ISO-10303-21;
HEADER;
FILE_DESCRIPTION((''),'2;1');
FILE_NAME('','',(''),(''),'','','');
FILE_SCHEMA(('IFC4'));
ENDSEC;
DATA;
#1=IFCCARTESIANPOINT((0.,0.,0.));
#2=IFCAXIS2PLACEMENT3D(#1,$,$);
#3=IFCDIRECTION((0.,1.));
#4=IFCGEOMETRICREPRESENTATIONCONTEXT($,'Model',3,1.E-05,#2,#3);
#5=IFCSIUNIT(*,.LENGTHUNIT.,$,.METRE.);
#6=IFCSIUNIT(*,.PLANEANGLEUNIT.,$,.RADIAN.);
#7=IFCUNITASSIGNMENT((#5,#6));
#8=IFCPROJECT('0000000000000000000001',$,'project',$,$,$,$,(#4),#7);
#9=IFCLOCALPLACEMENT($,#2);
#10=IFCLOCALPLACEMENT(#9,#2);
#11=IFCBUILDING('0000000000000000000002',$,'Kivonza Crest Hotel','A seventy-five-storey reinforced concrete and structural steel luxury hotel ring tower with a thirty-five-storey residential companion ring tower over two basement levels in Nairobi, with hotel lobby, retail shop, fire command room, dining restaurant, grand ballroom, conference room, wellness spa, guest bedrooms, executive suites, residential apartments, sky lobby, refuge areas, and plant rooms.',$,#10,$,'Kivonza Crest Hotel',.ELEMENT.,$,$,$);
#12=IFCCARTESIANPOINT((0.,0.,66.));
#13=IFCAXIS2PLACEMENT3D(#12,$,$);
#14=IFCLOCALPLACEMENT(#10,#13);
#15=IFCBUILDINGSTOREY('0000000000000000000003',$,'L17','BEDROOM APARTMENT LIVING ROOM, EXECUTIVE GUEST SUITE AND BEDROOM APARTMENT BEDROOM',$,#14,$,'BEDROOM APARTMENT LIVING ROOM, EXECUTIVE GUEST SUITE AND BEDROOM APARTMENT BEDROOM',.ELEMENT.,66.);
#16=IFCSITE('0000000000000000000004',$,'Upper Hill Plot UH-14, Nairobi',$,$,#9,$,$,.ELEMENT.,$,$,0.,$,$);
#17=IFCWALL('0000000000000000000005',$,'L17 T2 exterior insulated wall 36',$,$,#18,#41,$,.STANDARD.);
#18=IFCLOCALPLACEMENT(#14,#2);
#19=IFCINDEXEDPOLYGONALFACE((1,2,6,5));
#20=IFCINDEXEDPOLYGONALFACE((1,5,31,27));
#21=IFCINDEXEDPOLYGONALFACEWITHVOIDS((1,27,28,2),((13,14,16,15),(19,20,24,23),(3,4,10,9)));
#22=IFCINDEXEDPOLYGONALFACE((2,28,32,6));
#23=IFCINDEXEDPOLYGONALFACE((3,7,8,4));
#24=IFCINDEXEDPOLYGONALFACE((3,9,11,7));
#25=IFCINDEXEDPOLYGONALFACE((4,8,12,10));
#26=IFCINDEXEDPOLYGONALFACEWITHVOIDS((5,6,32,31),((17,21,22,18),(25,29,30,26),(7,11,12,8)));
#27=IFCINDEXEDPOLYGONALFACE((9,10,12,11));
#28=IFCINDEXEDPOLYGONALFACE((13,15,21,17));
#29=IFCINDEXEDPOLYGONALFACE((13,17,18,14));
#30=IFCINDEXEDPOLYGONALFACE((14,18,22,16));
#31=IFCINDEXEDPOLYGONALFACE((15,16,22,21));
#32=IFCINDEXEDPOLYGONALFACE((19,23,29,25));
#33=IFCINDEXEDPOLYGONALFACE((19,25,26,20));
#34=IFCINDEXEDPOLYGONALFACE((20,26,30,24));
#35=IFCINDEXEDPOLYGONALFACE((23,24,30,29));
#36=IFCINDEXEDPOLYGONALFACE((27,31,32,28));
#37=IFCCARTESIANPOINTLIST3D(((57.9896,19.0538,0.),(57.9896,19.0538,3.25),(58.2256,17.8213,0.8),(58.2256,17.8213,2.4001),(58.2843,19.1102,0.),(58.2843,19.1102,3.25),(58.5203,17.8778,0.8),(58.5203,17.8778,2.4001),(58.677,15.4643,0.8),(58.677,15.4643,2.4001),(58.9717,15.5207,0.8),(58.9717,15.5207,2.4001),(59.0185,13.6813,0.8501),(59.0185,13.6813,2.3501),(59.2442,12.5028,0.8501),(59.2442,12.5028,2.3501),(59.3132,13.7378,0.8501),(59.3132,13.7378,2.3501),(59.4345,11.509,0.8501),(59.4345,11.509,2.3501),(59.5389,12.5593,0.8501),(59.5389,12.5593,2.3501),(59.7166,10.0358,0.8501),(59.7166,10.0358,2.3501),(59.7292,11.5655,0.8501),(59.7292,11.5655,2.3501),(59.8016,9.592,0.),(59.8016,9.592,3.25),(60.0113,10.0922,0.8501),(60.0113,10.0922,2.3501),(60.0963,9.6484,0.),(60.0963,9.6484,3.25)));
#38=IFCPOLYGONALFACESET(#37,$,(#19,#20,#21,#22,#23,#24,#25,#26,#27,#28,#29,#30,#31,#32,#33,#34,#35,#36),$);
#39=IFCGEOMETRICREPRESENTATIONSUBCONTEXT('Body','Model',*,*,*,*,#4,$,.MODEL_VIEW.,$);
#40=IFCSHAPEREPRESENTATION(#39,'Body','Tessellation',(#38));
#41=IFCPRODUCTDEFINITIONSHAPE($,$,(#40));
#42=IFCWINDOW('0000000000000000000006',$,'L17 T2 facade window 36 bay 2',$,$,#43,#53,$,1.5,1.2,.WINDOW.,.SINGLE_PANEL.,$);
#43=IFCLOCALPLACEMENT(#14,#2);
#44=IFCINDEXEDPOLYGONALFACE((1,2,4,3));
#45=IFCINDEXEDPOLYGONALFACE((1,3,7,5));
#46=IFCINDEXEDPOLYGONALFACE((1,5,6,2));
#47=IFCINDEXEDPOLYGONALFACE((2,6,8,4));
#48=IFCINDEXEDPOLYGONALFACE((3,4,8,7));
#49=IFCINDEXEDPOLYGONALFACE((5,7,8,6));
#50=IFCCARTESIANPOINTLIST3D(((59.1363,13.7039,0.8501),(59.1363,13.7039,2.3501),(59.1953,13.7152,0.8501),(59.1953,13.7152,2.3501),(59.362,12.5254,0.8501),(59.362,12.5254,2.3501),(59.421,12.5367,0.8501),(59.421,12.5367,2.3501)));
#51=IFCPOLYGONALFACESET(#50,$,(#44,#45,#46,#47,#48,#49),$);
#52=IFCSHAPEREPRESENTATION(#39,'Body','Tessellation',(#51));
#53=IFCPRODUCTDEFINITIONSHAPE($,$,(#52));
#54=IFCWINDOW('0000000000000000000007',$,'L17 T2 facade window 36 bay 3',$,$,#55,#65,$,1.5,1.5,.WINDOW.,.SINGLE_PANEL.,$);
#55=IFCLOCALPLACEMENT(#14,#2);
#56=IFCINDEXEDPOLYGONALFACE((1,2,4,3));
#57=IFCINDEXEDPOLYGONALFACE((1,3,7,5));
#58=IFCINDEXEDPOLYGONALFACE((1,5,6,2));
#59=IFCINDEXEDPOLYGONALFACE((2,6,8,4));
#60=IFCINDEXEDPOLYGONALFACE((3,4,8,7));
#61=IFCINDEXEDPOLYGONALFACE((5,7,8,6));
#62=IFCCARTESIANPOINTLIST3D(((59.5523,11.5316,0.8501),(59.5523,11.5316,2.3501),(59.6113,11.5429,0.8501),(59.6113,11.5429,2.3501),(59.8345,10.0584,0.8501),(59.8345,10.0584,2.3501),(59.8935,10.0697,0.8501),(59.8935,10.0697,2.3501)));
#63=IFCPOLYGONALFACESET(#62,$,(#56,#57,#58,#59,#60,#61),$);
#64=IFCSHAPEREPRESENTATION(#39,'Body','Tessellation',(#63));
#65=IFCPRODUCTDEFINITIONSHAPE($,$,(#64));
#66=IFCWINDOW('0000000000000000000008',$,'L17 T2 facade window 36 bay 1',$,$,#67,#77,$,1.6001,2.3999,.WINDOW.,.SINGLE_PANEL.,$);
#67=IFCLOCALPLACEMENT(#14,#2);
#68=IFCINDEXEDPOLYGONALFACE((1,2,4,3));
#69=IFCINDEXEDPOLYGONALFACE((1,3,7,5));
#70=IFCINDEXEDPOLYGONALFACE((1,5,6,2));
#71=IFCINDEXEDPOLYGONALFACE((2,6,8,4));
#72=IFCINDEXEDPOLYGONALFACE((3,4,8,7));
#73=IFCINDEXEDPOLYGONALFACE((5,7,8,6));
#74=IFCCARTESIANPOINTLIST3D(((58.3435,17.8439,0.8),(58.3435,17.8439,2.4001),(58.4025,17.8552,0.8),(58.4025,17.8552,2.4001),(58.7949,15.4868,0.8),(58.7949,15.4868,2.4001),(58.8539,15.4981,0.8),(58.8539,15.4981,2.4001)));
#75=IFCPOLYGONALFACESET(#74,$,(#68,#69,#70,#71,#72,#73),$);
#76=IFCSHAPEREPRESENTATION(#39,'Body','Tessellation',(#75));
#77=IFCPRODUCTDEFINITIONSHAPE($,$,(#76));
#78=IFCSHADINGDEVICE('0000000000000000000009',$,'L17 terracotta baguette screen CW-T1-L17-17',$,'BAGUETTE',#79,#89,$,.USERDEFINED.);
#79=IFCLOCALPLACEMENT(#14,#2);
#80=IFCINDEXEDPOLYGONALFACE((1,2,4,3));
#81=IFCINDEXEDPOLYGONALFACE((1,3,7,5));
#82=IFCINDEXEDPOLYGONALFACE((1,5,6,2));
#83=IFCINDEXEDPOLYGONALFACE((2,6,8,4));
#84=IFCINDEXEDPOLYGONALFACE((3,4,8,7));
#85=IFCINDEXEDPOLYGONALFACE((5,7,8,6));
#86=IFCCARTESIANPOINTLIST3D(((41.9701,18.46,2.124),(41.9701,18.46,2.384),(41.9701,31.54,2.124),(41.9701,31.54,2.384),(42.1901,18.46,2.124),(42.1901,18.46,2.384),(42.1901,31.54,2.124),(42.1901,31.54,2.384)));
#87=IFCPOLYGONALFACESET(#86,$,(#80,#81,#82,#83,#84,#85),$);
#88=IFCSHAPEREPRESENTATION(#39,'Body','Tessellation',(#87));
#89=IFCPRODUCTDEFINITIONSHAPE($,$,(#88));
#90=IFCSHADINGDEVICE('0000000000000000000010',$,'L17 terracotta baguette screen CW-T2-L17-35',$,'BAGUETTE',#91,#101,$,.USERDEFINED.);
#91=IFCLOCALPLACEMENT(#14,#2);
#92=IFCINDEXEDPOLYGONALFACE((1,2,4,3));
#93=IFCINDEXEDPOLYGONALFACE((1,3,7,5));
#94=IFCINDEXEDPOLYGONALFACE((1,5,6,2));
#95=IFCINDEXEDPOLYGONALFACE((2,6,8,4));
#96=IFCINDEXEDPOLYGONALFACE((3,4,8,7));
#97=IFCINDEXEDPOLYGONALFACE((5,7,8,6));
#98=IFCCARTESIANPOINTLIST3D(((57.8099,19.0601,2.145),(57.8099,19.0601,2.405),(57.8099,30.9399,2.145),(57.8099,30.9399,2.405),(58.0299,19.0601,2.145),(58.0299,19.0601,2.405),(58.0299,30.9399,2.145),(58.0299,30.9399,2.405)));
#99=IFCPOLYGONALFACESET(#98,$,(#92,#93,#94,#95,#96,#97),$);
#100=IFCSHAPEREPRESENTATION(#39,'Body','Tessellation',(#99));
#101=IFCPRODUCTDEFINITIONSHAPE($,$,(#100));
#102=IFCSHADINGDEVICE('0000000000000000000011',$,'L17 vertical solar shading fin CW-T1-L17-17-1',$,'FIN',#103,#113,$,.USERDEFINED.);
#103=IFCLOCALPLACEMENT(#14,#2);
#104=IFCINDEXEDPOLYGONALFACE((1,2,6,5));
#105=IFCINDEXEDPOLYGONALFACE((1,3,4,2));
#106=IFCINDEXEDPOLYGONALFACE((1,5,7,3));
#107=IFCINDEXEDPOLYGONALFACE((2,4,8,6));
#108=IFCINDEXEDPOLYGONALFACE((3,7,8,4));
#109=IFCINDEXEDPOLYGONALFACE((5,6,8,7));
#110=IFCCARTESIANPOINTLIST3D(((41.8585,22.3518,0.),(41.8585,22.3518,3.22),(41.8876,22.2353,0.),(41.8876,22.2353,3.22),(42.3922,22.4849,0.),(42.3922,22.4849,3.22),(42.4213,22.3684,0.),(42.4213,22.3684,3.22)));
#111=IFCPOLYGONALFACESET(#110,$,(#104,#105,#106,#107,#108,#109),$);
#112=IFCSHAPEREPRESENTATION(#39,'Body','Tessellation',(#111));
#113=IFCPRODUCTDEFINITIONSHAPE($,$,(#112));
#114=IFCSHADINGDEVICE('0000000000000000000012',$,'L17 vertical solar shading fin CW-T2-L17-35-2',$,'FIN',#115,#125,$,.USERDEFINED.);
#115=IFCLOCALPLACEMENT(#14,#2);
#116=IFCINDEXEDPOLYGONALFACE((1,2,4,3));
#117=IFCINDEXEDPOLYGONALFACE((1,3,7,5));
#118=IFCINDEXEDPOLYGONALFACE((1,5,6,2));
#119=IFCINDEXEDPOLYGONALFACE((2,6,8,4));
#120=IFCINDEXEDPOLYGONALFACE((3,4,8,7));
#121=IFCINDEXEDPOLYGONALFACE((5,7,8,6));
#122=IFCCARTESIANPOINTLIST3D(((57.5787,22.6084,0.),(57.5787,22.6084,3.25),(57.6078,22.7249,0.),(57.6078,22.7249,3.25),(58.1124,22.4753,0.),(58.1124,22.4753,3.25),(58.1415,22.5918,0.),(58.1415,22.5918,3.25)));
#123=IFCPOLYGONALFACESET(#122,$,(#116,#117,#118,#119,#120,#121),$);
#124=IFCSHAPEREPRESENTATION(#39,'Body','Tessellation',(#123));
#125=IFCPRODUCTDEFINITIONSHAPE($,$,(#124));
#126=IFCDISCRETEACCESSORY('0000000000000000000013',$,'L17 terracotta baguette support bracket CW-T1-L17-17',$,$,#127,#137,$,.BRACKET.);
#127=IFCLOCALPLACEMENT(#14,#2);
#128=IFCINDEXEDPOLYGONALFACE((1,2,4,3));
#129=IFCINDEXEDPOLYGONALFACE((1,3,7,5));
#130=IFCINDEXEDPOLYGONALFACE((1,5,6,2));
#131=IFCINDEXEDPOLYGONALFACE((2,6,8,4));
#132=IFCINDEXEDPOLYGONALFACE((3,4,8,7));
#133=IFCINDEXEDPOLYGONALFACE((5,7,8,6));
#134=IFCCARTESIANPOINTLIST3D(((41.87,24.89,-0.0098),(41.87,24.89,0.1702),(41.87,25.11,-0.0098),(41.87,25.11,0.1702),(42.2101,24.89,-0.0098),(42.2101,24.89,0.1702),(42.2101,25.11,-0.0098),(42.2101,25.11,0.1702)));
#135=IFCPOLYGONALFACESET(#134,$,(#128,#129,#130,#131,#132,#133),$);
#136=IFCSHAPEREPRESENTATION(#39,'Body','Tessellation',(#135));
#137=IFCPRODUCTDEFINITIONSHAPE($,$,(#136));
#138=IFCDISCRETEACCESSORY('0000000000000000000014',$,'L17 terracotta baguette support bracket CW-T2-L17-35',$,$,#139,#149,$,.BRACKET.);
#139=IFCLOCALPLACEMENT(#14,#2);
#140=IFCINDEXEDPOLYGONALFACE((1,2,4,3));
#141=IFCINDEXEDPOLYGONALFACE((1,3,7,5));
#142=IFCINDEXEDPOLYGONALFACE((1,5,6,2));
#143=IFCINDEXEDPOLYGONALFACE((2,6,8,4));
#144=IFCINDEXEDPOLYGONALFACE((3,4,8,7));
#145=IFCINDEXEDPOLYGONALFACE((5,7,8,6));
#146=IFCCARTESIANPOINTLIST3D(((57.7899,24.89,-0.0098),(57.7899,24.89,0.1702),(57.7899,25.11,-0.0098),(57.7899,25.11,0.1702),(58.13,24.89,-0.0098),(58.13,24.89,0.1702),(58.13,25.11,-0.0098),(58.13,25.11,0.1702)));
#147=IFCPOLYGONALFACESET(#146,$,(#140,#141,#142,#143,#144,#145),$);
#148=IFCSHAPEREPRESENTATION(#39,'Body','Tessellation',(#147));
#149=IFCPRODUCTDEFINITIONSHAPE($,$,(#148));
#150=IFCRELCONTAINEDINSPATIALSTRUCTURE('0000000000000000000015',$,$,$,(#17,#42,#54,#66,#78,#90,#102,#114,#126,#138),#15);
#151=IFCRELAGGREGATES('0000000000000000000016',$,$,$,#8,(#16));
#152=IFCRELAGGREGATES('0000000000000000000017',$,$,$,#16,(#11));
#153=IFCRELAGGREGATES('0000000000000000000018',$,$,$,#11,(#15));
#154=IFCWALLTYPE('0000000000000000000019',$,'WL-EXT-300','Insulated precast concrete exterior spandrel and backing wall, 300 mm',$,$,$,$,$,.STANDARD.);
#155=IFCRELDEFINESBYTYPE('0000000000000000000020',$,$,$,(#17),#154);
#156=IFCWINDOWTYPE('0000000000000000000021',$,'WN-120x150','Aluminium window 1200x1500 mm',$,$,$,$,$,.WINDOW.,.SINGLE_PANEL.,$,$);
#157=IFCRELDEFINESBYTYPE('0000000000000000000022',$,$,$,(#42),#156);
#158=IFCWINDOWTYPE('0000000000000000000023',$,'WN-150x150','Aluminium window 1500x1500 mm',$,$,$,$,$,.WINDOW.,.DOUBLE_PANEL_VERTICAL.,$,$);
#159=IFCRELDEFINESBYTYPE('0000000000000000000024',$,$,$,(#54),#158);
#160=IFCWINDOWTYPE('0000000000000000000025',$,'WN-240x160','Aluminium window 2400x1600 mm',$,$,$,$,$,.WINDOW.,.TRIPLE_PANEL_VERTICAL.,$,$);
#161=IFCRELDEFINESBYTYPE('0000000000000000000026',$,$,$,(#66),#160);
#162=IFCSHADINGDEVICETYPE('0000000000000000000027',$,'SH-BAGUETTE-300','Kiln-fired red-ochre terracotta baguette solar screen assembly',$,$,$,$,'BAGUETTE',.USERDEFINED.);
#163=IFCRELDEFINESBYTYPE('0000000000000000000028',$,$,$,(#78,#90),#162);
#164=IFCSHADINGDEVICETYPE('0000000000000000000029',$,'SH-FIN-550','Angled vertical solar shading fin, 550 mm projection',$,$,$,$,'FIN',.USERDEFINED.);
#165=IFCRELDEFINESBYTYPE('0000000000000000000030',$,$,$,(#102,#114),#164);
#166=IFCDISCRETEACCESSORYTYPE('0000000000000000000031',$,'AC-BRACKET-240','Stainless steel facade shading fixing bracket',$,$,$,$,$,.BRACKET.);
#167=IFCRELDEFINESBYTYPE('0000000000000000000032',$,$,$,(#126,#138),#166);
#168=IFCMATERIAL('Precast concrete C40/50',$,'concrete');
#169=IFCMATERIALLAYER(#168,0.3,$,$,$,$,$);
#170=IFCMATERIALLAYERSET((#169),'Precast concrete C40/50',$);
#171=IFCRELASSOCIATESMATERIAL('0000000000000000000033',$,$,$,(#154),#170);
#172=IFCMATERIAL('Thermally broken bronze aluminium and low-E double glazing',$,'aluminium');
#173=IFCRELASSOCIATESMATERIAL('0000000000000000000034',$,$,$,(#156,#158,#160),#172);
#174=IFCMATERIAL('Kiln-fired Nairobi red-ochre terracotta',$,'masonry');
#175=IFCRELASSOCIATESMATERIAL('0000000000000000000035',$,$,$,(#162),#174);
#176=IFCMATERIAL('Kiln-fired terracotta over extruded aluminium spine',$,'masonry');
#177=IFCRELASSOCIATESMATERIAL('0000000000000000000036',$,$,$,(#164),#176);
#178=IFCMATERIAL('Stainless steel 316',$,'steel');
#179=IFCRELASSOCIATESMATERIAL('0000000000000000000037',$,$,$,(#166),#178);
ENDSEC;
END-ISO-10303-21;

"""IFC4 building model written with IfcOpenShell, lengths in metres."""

from ifc_helpers import new_model, si_unit, direction, frame, frame_2d, origin, origin_2d, place, context, subcontext, project, spatial, rectangle, extrude, material, layer, layer_set, type_object, element, fill, save


model = new_model("IFC4")

# Units and contexts
model_context = context("Model", 3, precision=1e-05, world=origin(), true_north=direction((0.0, 1.0)))
body_context = subcontext(model_context, "Body", "Model", "MODEL_VIEW")
ifc_project = project(units=[si_unit("LENGTHUNIT", "METRE"), si_unit("PLANEANGLEUNIT", "RADIAN")], contexts=[model_context])

# Site, building, storey
site_placement = place(None, origin())
site = spatial("IfcSite", under=ifc_project, at=site_placement, Name="Upper Hill Plot UH-14, Nairobi", CompositionType="ELEMENT", RefElevation=0.0)
building_placement = place(site_placement, origin())
building = spatial("IfcBuilding", under=site, at=building_placement, Name="Kivonza Crest Hotel", Description="A seventy-five-storey reinforced concrete and structural steel luxury hotel ring tower with a thirty-five-storey residential companion ring tower over two basement levels in Nairobi, with hotel lobby, retail shop, fire command room, dining restaurant, grand ballroom, conference room, wellness spa, guest bedrooms, executive suites, residential apartments, sky lobby, refuge areas, and plant rooms.", LongName="Kivonza Crest Hotel", CompositionType="ELEMENT")
storey_placement = place(building_placement, frame((0.0, 0.0, 66.0)))
storey = spatial("IfcBuildingStorey", under=building, at=storey_placement, Name="L17", Description="BEDROOM APARTMENT LIVING ROOM, EXECUTIVE GUEST SUITE AND BEDROOM APARTMENT BEDROOM", LongName="BEDROOM APARTMENT LIVING ROOM, EXECUTIVE GUEST SUITE AND BEDROOM APARTMENT BEDROOM", CompositionType="ELEMENT", Elevation=66.0)

# Wall, openings, windows
ifc_material_1 = material(Name="Precast concrete C40/50", Category="concrete")
ifc_layer_1 = layer(ifc_material_1, 0.3)
ifc_layer_set_1 = layer_set([ifc_layer_1], Name="Precast concrete C40/50")
wall_type_1 = type_object("IfcWallType", Name="WL-EXT-300", Description="Insulated precast concrete exterior spandrel and backing wall, 300 mm", PredefinedType="STANDARD", material=ifc_layer_set_1)
wall_1_placement = place(storey_placement, frame((58.137, 19.082, 0.0), z_axis=(0.0, 0.0, 1.0), x_axis=(0.188088, -0.982152, 0.0)))
wall_1 = element("IfcWall", 1, at=wall_1_placement, inside=storey, type_object=wall_type_1, Name="L17 T2 exterior insulated wall 36", PredefinedType="STANDARD", context=body_context, shape_type="SweptSolid", body=[
    extrude(rectangle(XDim=9.6338, YDim=0.3, at=frame_2d((4.8169, 0.0))), origin(), (0.0, 0.0, 1.0), 3.25),
])
opening_1_placement = place(wall_1_placement, frame((1.2549, 0.0, 0.8)))
opening_1 = element("IfcOpeningElement", 2, at=opening_1_placement, cuts=wall_1, PredefinedType="OPENING", context=body_context, shape_type="SweptSolid", body=[
    extrude(rectangle(XDim=2.3999, YDim=1.6001, at=frame_2d((1.2, 0.8))), frame((0.0, 0.1602, 0.0), z_axis=(0.0, -1.0, 0.0), x_axis=(1.0, 0.0, 0.0)), (0.0, 0.0, 1.0), 0.3201),
])
opening_2_placement = place(wall_1_placement, frame((5.47, 0.0, 0.8501)))
opening_2 = element("IfcOpeningElement", 3, at=opening_2_placement, cuts=wall_1, PredefinedType="OPENING", context=body_context, shape_type="SweptSolid", body=[
    extrude(rectangle(XDim=1.2, YDim=1.5, at=frame_2d((0.6001, 0.75))), frame((0.0, 0.1602, 0.0), z_axis=(0.0, -1.0, 0.0), x_axis=(1.0, 0.0, 0.0)), (0.0, 0.0, 1.0), 0.3201),
])
opening_3_placement = place(wall_1_placement, frame((7.6819, 0.0, 0.8501)))
opening_3 = element("IfcOpeningElement", 4, at=opening_3_placement, cuts=wall_1, PredefinedType="OPENING", context=body_context, shape_type="SweptSolid", body=[
    extrude(rectangle(XDim=1.5, YDim=1.5, at=frame_2d((0.75, 0.75))), frame((0.0, 0.1602, 0.0), z_axis=(0.0, -1.0, 0.0), x_axis=(1.0, 0.0, 0.0)), (0.0, 0.0, 1.0), 0.3201),
])
ifc_material_2 = material(Name="Thermally broken bronze aluminium and low-E double glazing", Category="aluminium")
window_type_1 = type_object("IfcWindowType", Name="WN-120x150", Description="Aluminium window 1200x1500 mm", PartitioningType="SINGLE_PANEL", PredefinedType="WINDOW", material=ifc_material_2)
window_1_placement = place(opening_2_placement, origin())
window_1 = element("IfcWindow", 5, at=window_1_placement, inside=storey, type_object=window_type_1, Name="L17 T2 facade window 36 bay 2", OverallHeight=1.5, OverallWidth=1.2, PartitioningType="SINGLE_PANEL", PredefinedType="WINDOW", context=body_context, shape_type="SweptSolid", body=[
    extrude(rectangle(XDim=1.2, YDim=1.5, at=frame_2d((0.6001, 0.75))), frame((0.0, 0.03, 0.0), z_axis=(0.0, -1.0, 0.0), x_axis=(1.0, 0.0, 0.0)), (0.0, 0.0, 1.0), 0.0601),
])
fill(opening_2, window_1)
window_type_2 = type_object("IfcWindowType", Name="WN-150x150", Description="Aluminium window 1500x1500 mm", PartitioningType="DOUBLE_PANEL_VERTICAL", PredefinedType="WINDOW", material=ifc_material_2)
window_2_placement = place(opening_3_placement, origin())
window_2 = element("IfcWindow", 6, at=window_2_placement, inside=storey, type_object=window_type_2, Name="L17 T2 facade window 36 bay 3", OverallHeight=1.5, OverallWidth=1.5, PartitioningType="SINGLE_PANEL", PredefinedType="WINDOW", context=body_context, shape_type="SweptSolid", body=[
    extrude(rectangle(XDim=1.5, YDim=1.5, at=frame_2d((0.75, 0.75))), frame((0.0, 0.03, 0.0), z_axis=(0.0, -1.0, 0.0), x_axis=(1.0, 0.0, 0.0)), (0.0, 0.0, 1.0), 0.0601),
])
fill(opening_3, window_2)
window_type_3 = type_object("IfcWindowType", Name="WN-240x160", Description="Aluminium window 2400x1600 mm", PartitioningType="TRIPLE_PANEL_VERTICAL", PredefinedType="WINDOW", material=ifc_material_2)
window_3_placement = place(opening_1_placement, origin())
window_3 = element("IfcWindow", 7, at=window_3_placement, inside=storey, type_object=window_type_3, Name="L17 T2 facade window 36 bay 1", OverallHeight=1.6001, OverallWidth=2.3999, PartitioningType="SINGLE_PANEL", PredefinedType="WINDOW", context=body_context, shape_type="SweptSolid", body=[
    extrude(rectangle(XDim=2.3999, YDim=1.6001, at=frame_2d((1.2, 0.8))), frame((0.0, 0.03, 0.0), z_axis=(0.0, -1.0, 0.0), x_axis=(1.0, 0.0, 0.0)), (0.0, 0.0, 1.0), 0.0601),
])
fill(opening_1, window_3)

# Shading devices
ifc_material_3 = material(Name="Kiln-fired Nairobi red-ochre terracotta", Category="masonry")
shading_device_type_1 = type_object("IfcShadingDeviceType", Name="SH-BAGUETTE-300", Description="Kiln-fired red-ochre terracotta baguette solar screen assembly", ElementType="BAGUETTE", PredefinedType="USERDEFINED", material=ifc_material_3)
shading_device_1_placement = place(storey_placement, frame((42.0801, 25.0, 2.124), z_axis=(0.0, 0.0, 1.0), x_axis=(0.0, 1.0, 0.0)))
element("IfcShadingDevice", 8, at=shading_device_1_placement, inside=storey, type_object=shading_device_type_1, Name="L17 terracotta baguette screen CW-T1-L17-17", ObjectType="BAGUETTE", PredefinedType="USERDEFINED", context=body_context, shape_type="SweptSolid", body=[
    extrude(rectangle(XDim=13.0801, YDim=0.22, at=origin_2d()), origin(), (0.0, 0.0, 1.0), 0.26),
])
shading_device_2_placement = place(storey_placement, frame((57.9199, 25.0, 2.145), z_axis=(0.0, 0.0, 1.0), x_axis=(0.0, -1.0, 0.0)))
element("IfcShadingDevice", 9, at=shading_device_2_placement, inside=storey, type_object=shading_device_type_1, Name="L17 terracotta baguette screen CW-T2-L17-35", ObjectType="BAGUETTE", PredefinedType="USERDEFINED", context=body_context, shape_type="SweptSolid", body=[
    extrude(rectangle(XDim=11.8799, YDim=0.22, at=origin_2d()), origin(), (0.0, 0.0, 1.0), 0.26),
])
ifc_material_4 = material(Name="Kiln-fired terracotta over extruded aluminium spine", Category="masonry")
shading_device_type_2 = type_object("IfcShadingDeviceType", Name="SH-FIN-550", Description="Angled vertical solar shading fin, 550 mm projection", ElementType="FIN", PredefinedType="USERDEFINED", material=ifc_material_4)
shading_device_3_placement = place(storey_placement, frame((42.1399, 22.3601, 0.0), z_axis=(0.0, 0.0, 1.0), x_axis=(-0.241922, 0.970296, 0.0)))
element("IfcShadingDevice", 10, at=shading_device_3_placement, inside=storey, type_object=shading_device_type_2, Name="L17 vertical solar shading fin CW-T1-L17-17-1", ObjectType="FIN", PredefinedType="USERDEFINED", context=body_context, shape_type="SweptSolid", body=[
    extrude(rectangle(XDim=0.1201, YDim=0.55, at=origin_2d()), origin(), (0.0, 0.0, 1.0), 3.22),
])
shading_device_4_placement = place(storey_placement, frame((57.8601, 22.6001, 0.0), z_axis=(0.0, 0.0, 1.0), x_axis=(-0.241922, -0.970296, 0.0)))
element("IfcShadingDevice", 11, at=shading_device_4_placement, inside=storey, type_object=shading_device_type_2, Name="L17 vertical solar shading fin CW-T2-L17-35-2", ObjectType="FIN", PredefinedType="USERDEFINED", context=body_context, shape_type="SweptSolid", body=[
    extrude(rectangle(XDim=0.1201, YDim=0.55, at=origin_2d()), origin(), (0.0, 0.0, 1.0), 3.25),
])

# Discrete accessories
ifc_material_5 = material(Name="Stainless steel 316", Category="steel")
discrete_accessory_type = type_object("IfcDiscreteAccessoryType", Name="AC-BRACKET-240", Description="Stainless steel facade shading fixing bracket", PredefinedType="BRACKET", material=ifc_material_5)
for number, where, z_axis, x_axis, name in (
    (12, (42.04, 25.0, -0.0098), (0.0, 0.0, 1.0), (0.0, 1.0, 0.0), "L17 terracotta baguette support bracket CW-T1-L17-17"),
    (13, (57.96, 25.0, -0.0098), (0.0, 0.0, 1.0), (0.0, -1.0, 0.0), "L17 terracotta baguette support bracket CW-T2-L17-35"),
):
    element("IfcDiscreteAccessory", number, at=place(storey_placement, frame(where, z_axis=z_axis, x_axis=x_axis)), inside=storey, type_object=discrete_accessory_type, Name=name, PredefinedType="BRACKET", context=body_context, shape_type="SweptSolid", body=[
        extrude(rectangle(XDim=0.22, YDim=0.3401, at=origin_2d()), origin(), (0.0, 0.0, 1.0), 0.1799),
    ])

save(model, "model.ifc")
